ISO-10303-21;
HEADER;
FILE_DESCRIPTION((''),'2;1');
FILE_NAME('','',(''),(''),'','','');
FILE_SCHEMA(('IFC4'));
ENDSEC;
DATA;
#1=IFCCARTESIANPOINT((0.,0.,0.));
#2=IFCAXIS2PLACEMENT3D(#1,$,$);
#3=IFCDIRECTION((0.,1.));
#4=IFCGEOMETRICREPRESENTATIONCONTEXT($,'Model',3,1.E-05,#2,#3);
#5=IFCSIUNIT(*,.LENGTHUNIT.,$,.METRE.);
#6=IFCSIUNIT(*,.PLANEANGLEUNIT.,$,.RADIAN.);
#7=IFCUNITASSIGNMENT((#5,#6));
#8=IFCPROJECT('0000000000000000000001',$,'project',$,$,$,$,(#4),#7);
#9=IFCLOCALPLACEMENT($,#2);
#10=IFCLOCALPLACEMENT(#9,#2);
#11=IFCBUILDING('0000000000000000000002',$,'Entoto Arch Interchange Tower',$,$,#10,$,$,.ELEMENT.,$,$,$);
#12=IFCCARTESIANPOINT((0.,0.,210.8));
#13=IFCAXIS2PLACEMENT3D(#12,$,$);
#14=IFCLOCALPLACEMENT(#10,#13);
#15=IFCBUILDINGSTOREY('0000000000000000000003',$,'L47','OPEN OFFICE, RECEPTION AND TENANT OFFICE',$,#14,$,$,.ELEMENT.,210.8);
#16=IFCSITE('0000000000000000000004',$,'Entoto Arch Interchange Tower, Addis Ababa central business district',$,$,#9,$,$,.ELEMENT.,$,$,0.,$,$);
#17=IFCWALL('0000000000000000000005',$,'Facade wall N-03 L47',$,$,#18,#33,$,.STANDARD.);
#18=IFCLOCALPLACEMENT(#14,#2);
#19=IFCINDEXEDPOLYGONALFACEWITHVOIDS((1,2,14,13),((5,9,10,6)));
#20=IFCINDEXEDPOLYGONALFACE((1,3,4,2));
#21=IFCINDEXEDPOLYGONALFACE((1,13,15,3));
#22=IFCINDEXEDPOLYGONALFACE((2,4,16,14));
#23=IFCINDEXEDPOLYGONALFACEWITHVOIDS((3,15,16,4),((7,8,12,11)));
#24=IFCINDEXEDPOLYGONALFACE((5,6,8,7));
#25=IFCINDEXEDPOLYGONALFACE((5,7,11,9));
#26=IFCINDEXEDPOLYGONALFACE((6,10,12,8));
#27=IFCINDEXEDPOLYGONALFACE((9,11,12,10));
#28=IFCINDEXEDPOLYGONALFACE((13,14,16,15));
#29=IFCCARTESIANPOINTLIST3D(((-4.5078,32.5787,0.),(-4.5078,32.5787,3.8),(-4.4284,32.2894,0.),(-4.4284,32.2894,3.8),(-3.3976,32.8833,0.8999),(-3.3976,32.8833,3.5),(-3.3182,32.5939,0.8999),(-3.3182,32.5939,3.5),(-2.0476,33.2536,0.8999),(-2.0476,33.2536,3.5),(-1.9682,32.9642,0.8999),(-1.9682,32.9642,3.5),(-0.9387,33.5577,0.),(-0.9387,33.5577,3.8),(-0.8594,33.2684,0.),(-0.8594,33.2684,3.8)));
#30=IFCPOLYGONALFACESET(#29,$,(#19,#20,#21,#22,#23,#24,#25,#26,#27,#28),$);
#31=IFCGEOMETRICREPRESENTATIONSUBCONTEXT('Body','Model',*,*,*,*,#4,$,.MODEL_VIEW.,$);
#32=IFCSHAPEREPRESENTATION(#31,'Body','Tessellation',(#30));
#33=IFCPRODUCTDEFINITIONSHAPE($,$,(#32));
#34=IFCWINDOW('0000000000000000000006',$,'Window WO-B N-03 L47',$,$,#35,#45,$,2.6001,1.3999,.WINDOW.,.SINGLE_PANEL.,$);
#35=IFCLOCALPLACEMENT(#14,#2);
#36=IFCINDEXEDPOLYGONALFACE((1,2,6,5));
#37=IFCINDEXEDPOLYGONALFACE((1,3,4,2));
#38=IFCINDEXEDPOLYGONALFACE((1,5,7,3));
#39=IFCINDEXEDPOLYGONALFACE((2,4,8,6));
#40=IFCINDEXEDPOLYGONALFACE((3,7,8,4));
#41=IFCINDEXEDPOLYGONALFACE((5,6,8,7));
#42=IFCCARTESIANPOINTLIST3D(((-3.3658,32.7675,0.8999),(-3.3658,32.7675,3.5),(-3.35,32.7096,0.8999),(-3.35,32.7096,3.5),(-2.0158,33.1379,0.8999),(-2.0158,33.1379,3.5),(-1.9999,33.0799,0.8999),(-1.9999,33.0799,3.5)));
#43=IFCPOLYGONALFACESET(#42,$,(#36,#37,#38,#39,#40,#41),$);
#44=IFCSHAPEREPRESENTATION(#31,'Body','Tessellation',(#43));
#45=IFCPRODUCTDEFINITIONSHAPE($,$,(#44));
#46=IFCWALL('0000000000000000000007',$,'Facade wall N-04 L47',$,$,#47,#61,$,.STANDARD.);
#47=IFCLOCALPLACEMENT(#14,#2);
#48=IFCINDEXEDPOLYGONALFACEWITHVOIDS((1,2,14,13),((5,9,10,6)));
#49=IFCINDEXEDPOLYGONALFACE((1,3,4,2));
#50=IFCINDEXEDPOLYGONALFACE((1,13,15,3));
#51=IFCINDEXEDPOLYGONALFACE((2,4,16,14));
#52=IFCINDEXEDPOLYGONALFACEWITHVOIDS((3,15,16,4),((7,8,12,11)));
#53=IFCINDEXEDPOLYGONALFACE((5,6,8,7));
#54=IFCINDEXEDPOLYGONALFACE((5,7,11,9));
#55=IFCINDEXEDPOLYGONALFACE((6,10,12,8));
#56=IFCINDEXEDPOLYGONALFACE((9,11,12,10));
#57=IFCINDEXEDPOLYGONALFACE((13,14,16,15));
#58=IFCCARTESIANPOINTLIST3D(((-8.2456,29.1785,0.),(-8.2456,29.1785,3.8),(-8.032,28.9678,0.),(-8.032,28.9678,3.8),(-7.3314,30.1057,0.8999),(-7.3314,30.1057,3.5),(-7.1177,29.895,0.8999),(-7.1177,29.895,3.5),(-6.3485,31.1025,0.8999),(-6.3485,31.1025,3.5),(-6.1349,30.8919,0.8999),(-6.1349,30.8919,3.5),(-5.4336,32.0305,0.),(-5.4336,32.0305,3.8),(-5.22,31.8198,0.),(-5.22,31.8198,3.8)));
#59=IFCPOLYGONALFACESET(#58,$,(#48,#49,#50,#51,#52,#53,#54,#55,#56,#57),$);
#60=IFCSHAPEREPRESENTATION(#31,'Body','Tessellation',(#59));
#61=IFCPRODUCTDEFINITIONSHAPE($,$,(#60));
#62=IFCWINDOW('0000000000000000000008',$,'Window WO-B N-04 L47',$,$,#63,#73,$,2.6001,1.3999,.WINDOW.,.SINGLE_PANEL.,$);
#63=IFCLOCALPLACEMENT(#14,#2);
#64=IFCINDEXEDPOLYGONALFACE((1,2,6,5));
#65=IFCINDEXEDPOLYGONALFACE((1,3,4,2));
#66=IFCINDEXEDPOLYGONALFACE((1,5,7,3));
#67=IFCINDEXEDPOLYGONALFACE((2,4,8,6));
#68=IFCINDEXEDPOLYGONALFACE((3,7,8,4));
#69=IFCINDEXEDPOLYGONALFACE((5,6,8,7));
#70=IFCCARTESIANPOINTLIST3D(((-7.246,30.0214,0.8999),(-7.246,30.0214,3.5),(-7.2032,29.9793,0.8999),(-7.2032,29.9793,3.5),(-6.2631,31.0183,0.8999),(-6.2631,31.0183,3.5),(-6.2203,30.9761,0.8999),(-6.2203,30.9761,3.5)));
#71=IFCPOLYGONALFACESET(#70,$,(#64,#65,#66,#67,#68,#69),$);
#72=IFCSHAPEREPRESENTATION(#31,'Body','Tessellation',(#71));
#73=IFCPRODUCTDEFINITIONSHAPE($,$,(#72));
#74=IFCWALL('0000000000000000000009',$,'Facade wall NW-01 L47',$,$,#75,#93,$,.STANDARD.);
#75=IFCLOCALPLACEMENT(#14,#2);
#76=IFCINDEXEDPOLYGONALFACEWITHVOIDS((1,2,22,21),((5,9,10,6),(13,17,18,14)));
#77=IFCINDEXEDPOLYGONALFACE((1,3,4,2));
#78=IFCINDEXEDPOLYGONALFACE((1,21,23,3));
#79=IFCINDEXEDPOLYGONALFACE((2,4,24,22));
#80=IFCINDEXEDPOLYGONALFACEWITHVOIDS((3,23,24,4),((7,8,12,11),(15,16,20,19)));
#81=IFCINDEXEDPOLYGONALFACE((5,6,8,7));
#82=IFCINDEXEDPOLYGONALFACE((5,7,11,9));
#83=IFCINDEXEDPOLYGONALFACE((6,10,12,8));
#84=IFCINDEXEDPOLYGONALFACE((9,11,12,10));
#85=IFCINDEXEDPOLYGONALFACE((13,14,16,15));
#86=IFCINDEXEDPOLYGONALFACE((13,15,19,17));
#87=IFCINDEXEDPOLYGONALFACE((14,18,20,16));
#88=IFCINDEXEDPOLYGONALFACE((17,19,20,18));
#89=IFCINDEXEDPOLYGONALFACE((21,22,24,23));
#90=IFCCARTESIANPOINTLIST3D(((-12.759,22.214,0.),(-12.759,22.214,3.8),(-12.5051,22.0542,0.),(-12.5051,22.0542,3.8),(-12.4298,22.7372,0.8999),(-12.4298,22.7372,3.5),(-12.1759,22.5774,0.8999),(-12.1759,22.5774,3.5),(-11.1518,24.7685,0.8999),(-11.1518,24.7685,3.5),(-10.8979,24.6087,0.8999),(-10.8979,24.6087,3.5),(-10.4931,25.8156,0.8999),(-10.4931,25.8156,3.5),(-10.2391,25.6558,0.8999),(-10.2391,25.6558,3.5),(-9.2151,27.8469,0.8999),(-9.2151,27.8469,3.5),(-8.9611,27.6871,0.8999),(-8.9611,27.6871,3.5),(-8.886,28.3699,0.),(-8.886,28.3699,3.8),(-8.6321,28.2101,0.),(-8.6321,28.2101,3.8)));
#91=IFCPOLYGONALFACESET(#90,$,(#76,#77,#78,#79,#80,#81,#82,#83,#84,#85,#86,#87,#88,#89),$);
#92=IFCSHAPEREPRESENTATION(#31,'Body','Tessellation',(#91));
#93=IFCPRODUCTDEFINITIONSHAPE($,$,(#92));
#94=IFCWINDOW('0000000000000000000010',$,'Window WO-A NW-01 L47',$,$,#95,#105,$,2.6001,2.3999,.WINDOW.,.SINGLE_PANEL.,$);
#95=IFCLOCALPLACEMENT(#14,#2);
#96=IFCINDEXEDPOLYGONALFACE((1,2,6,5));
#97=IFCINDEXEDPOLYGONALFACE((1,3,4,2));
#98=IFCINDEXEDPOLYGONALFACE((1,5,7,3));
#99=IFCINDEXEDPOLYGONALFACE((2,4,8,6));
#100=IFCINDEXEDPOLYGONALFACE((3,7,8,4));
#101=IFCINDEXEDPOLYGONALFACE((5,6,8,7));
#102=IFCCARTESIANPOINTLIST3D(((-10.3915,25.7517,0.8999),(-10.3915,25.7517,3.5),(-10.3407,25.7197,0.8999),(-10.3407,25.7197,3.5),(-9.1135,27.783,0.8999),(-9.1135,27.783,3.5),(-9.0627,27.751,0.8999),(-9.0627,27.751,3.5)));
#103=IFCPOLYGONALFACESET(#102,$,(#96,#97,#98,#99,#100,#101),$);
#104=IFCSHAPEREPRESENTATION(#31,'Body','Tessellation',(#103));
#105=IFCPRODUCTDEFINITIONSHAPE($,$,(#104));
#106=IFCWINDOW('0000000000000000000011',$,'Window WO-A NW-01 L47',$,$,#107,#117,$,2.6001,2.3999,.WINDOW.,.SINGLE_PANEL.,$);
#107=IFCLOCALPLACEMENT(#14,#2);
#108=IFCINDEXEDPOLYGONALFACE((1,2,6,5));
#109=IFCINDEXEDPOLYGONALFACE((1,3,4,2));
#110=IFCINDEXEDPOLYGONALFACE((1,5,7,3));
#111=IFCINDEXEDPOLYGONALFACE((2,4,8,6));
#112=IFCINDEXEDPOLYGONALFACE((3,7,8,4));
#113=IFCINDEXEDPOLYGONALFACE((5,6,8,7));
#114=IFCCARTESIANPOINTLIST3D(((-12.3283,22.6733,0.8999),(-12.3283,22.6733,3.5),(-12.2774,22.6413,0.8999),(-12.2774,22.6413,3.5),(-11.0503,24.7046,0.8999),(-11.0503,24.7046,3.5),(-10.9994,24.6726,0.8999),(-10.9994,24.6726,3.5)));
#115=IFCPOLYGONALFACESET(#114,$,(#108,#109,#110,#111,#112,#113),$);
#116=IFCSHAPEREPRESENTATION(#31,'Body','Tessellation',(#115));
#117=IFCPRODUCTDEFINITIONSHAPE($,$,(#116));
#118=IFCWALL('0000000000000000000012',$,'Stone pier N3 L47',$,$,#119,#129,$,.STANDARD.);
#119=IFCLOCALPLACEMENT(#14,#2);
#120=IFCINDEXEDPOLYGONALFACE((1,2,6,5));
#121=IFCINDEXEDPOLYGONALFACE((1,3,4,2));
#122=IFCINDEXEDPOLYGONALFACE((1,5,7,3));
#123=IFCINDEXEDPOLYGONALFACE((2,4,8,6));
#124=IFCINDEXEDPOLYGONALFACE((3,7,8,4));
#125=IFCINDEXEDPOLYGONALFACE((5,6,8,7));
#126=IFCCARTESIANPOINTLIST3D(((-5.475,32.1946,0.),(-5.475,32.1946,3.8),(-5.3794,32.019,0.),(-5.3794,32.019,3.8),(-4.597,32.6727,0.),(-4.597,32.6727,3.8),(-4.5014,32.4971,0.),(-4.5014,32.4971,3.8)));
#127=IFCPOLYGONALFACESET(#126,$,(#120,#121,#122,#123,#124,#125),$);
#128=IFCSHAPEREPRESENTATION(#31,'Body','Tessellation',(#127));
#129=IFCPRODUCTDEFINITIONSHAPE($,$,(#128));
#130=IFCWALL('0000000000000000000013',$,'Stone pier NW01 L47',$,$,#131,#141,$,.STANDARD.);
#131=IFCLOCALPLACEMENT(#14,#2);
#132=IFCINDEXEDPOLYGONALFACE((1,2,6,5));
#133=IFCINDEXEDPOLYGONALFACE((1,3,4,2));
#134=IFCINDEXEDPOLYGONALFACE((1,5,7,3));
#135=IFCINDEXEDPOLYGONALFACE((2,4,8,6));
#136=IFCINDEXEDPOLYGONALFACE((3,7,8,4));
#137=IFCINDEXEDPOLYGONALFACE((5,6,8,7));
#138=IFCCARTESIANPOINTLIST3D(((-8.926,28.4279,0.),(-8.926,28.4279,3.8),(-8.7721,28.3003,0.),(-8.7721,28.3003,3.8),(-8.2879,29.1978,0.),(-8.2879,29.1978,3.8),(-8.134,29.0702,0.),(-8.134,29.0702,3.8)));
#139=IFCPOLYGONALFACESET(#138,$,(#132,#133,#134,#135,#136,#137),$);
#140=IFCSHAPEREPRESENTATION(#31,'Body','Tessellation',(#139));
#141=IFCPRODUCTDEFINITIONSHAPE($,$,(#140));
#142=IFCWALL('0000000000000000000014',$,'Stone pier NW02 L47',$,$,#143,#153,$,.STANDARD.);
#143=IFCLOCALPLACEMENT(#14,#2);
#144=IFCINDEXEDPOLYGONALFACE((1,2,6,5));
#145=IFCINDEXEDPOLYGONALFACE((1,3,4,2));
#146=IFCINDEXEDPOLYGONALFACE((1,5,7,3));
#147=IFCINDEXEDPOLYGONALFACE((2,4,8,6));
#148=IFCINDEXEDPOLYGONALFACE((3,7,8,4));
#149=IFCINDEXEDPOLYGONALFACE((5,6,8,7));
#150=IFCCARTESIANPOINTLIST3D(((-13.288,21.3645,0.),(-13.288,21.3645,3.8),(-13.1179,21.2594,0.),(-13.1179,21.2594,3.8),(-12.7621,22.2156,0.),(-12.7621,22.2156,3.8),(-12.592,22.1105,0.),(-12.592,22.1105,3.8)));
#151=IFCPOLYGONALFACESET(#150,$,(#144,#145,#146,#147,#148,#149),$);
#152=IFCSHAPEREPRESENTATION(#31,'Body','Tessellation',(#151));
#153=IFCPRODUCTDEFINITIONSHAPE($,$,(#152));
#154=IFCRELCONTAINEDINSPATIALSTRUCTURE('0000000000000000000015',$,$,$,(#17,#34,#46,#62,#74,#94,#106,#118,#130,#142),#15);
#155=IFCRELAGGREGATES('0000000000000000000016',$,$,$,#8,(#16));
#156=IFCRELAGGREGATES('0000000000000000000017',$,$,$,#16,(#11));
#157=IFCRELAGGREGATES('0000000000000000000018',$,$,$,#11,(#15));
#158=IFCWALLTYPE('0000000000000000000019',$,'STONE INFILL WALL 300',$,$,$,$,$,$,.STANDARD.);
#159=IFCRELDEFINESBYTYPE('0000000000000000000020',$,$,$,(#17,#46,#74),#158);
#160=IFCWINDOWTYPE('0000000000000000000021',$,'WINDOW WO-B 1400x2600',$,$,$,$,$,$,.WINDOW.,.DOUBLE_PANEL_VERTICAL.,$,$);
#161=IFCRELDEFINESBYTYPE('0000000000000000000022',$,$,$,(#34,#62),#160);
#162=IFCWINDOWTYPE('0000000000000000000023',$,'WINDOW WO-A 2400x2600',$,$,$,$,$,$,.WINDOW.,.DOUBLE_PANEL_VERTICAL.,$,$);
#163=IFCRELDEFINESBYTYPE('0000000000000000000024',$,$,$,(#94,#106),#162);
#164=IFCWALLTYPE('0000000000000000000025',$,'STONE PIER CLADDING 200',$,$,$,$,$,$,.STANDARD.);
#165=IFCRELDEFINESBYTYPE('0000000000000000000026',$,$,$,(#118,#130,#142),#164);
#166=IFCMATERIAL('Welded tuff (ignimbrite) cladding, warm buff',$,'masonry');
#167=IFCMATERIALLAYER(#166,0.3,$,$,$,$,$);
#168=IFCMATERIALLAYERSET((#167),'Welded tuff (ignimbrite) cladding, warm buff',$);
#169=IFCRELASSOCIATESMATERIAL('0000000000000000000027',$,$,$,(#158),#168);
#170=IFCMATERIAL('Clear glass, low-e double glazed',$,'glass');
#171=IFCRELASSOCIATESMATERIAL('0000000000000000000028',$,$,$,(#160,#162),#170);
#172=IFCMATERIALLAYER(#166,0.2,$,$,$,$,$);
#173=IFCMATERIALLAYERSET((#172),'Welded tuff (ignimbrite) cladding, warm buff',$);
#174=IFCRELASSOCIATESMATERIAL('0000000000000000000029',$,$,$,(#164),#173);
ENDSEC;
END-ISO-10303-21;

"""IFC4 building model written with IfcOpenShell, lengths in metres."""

from ifc_helpers import new_model, si_unit, direction, frame, frame_2d, origin, place, context, subcontext, project, spatial, rectangle, extrude, material, layer, layer_set, type_object, element, fill, save


model = new_model("IFC4")

# Units and contexts
model_context = context("Model", 3, precision=1e-05, world=origin(), true_north=direction((0.0, 1.0)))
body_context = subcontext(model_context, "Body", "Model", "MODEL_VIEW")
ifc_project = project(units=[si_unit("LENGTHUNIT", "METRE"), si_unit("PLANEANGLEUNIT", "RADIAN")], contexts=[model_context])

# Site, building, storey
site_placement = place(None, origin())
site = spatial("IfcSite", under=ifc_project, at=site_placement, Name="Entoto Arch Interchange Tower, Addis Ababa central business district", CompositionType="ELEMENT", RefElevation=0.0)
building_placement = place(site_placement, origin())
building = spatial("IfcBuilding", under=site, at=building_placement, Name="Entoto Arch Interchange Tower", CompositionType="ELEMENT")
storey_placement = place(building_placement, frame((0.0, 0.0, 210.8)))
storey = spatial("IfcBuildingStorey", under=building, at=storey_placement, Name="L47", Description="OPEN OFFICE, RECEPTION AND TENANT OFFICE", CompositionType="ELEMENT", Elevation=210.8)

# Walls, openings, windows
ifc_material_1 = material(Name="Welded tuff (ignimbrite) cladding, warm buff", Category="masonry")
ifc_layer_1 = layer(ifc_material_1, 0.3)
ifc_layer_set_1 = layer_set([ifc_layer_1], Name="Welded tuff (ignimbrite) cladding, warm buff")
wall_type_1 = type_object("IfcWallType", Name="STONE INFILL WALL 300", PredefinedType="STANDARD", material=ifc_layer_set_1)
wall_1_placement = place(storey_placement, frame((-0.8989, 33.4131, 0.0), z_axis=(0.0, 0.0, 1.0), x_axis=(-0.964378, -0.264529, 0.0)))
wall_1 = element("IfcWall", 1, at=wall_1_placement, inside=storey, type_object=wall_type_1, Name="Facade wall N-03 L47", PredefinedType="STANDARD", context=body_context, shape_type="SweptSolid", body=[
    extrude(rectangle(XDim=3.7009, YDim=0.3, at=frame_2d((1.8506, 0.0))), origin(), (0.0, 0.0, 1.0), 3.8),
])
opening_1_placement = place(wall_1_placement, frame((1.1499, 0.0, 0.8999)))
opening_1 = element("IfcOpeningElement", 2, at=opening_1_placement, cuts=wall_1, PredefinedType="OPENING", context=body_context, shape_type="SweptSolid", body=[
    extrude(rectangle(XDim=1.3999, YDim=2.6001, at=frame_2d((0.7, 1.3))), frame((0.0, 0.1602, 0.0), z_axis=(0.0, -1.0, 0.0), x_axis=(1.0, 0.0, 0.0)), (0.0, 0.0, 1.0), 0.3201),
])
ifc_material_2 = material(Name="Clear glass, low-e double glazed", Category="glass")
window_type_1 = type_object("IfcWindowType", Name="WINDOW WO-B 1400x2600", PartitioningType="DOUBLE_PANEL_VERTICAL", PredefinedType="WINDOW", material=ifc_material_2)
window_1_placement = place(opening_1_placement, origin())
window_1 = element("IfcWindow", 3, at=window_1_placement, inside=storey, type_object=window_type_1, Name="Window WO-B N-03 L47", OverallHeight=2.6001, OverallWidth=1.3999, PartitioningType="SINGLE_PANEL", PredefinedType="WINDOW", context=body_context, shape_type="SweptSolid", body=[
    extrude(rectangle(XDim=1.3999, YDim=2.6001, at=frame_2d((0.7, 1.3))), frame((0.0, 0.03, 0.0), z_axis=(0.0, -1.0, 0.0), x_axis=(1.0, 0.0, 0.0)), (0.0, 0.0, 1.0), 0.0601),
])
fill(opening_1, window_1)
wall_2_placement = place(storey_placement, frame((-5.3269, 31.925, 0.0), z_axis=(0.0, 0.0, 1.0), x_axis=(-0.702091, -0.712088, 0.0)))
wall_2 = element("IfcWall", 4, at=wall_2_placement, inside=storey, type_object=wall_type_1, Name="Facade wall N-04 L47", PredefinedType="STANDARD", context=body_context, shape_type="SweptSolid", body=[
    extrude(rectangle(XDim=4.0051, YDim=0.3, at=frame_2d((2.0024, 0.0))), origin(), (0.0, 0.0, 1.0), 3.8),
])
opening_2_placement = place(wall_2_placement, frame((1.303, 0.0, 0.8999)))
opening_2 = element("IfcOpeningElement", 5, at=opening_2_placement, cuts=wall_2, PredefinedType="OPENING", context=body_context, shape_type="SweptSolid", body=[
    extrude(rectangle(XDim=1.3999, YDim=2.6001, at=frame_2d((0.7, 1.3))), frame((0.0, 0.1602, 0.0), z_axis=(0.0, -1.0, 0.0), x_axis=(1.0, 0.0, 0.0)), (0.0, 0.0, 1.0), 0.3201),
])
window_2_placement = place(opening_2_placement, origin())
window_2 = element("IfcWindow", 6, at=window_2_placement, inside=storey, type_object=window_type_1, Name="Window WO-B N-04 L47", OverallHeight=2.6001, OverallWidth=1.3999, PartitioningType="SINGLE_PANEL", PredefinedType="WINDOW", context=body_context, shape_type="SweptSolid", body=[
    extrude(rectangle(XDim=1.3999, YDim=2.6001, at=frame_2d((0.7, 1.3))), frame((0.0, 0.03, 0.0), z_axis=(0.0, -1.0, 0.0), x_axis=(1.0, 0.0, 0.0)), (0.0, 0.0, 1.0), 0.0601),
])
fill(opening_2, window_2)

# Wall, openings, windows
wall_3_placement = place(storey_placement, frame((-8.759, 28.29, 0.0), z_axis=(0.0, 0.0, 1.0), x_axis=(-0.532522, -0.846416, 0.0)))
wall_3 = element("IfcWall", 7, at=wall_3_placement, inside=storey, type_object=wall_type_1, Name="Facade wall NW-01 L47", PredefinedType="STANDARD", context=body_context, shape_type="SweptSolid", body=[
    extrude(rectangle(XDim=7.2729, YDim=0.3, at=frame_2d((3.6365, 0.0))), origin(), (0.0, 0.0, 1.0), 3.8),
])
opening_3_placement = place(wall_3_placement, frame((0.6179, 0.0, 0.8999)))
opening_3 = element("IfcOpeningElement", 8, at=opening_3_placement, cuts=wall_3, PredefinedType="OPENING", context=body_context, shape_type="SweptSolid", body=[
    extrude(rectangle(XDim=2.3999, YDim=2.6001, at=frame_2d((1.2, 1.3))), frame((0.0, 0.1602, 0.0), z_axis=(0.0, -1.0, 0.0), x_axis=(1.0, 0.0, 0.0)), (0.0, 0.0, 1.0), 0.3201),
])
opening_4_placement = place(wall_3_placement, frame((4.2549, 0.0, 0.8999)))
opening_4 = element("IfcOpeningElement", 9, at=opening_4_placement, cuts=wall_3, PredefinedType="OPENING", context=body_context, shape_type="SweptSolid", body=[
    extrude(rectangle(XDim=2.3999, YDim=2.6001, at=frame_2d((1.2, 1.3))), frame((0.0, 0.1602, 0.0), z_axis=(0.0, -1.0, 0.0), x_axis=(1.0, 0.0, 0.0)), (0.0, 0.0, 1.0), 0.3201),
])
window_type_2 = type_object("IfcWindowType", Name="WINDOW WO-A 2400x2600", PartitioningType="DOUBLE_PANEL_VERTICAL", PredefinedType="WINDOW", material=ifc_material_2)
window_3_placement = place(opening_3_placement, origin())
window_3 = element("IfcWindow", 10, at=window_3_placement, inside=storey, type_object=window_type_2, Name="Window WO-A NW-01 L47", OverallHeight=2.6001, OverallWidth=2.3999, PartitioningType="SINGLE_PANEL", PredefinedType="WINDOW", context=body_context, shape_type="SweptSolid", body=[
    extrude(rectangle(XDim=2.3999, YDim=2.6001, at=frame_2d((1.2, 1.3))), frame((0.0, 0.03, 0.0), z_axis=(0.0, -1.0, 0.0), x_axis=(1.0, 0.0, 0.0)), (0.0, 0.0, 1.0), 0.0601),
])
fill(opening_3, window_3)
window_4_placement = place(opening_4_placement, origin())
window_4 = element("IfcWindow", 11, at=window_4_placement, inside=storey, type_object=window_type_2, Name="Window WO-A NW-01 L47", OverallHeight=2.6001, OverallWidth=2.3999, PartitioningType="SINGLE_PANEL", PredefinedType="WINDOW", context=body_context, shape_type="SweptSolid", body=[
    extrude(rectangle(XDim=2.3999, YDim=2.6001, at=frame_2d((1.2, 1.3))), frame((0.0, 0.03, 0.0), z_axis=(0.0, -1.0, 0.0), x_axis=(1.0, 0.0, 0.0)), (0.0, 0.0, 1.0), 0.0601),
])
fill(opening_4, window_4)

# Walls
ifc_layer_2 = layer(ifc_material_1, 0.2)
ifc_layer_set_2 = layer_set([ifc_layer_2], Name="Welded tuff (ignimbrite) cladding, warm buff")
wall_type_2 = type_object("IfcWallType", Name="STONE PIER CLADDING 200", PredefinedType="STANDARD", material=ifc_layer_set_2)
wall_4_placement = place(storey_placement, frame((-4.5491, 32.585, 0.0), z_axis=(0.0, 0.0, 1.0), x_axis=(-0.87825, -0.478202, 0.0)))
element("IfcWall", 12, at=wall_4_placement, inside=storey, type_object=wall_type_2, Name="Stone pier N3 L47", PredefinedType="STANDARD", context=body_context, shape_type="SweptSolid", body=[
    extrude(rectangle(XDim=0.9998, YDim=0.2, at=frame_2d((0.5, 0.0))), origin(), (0.0, 0.0, 1.0), 3.8),
])
wall_5_placement = place(storey_placement, frame((-8.2109, 29.134, 0.0), z_axis=(0.0, 0.0, 1.0), x_axis=(-0.638117, -0.769939, 0.0)))
element("IfcWall", 13, at=wall_5_placement, inside=storey, type_object=wall_type_2, Name="Stone pier NW01 L47", PredefinedType="STANDARD", context=body_context, shape_type="SweptSolid", body=[
    extrude(rectangle(XDim=1.0, YDim=0.2, at=frame_2d((0.5, 0.0))), origin(), (0.0, 0.0, 1.0), 3.8),
])
wall_6_placement = place(storey_placement, frame((-12.677, 22.1631, 0.0), z_axis=(0.0, 0.0, 1.0), x_axis=(-0.525649, -0.850702, 0.0)))
element("IfcWall", 14, at=wall_6_placement, inside=storey, type_object=wall_type_2, Name="Stone pier NW02 L47", PredefinedType="STANDARD", context=body_context, shape_type="SweptSolid", body=[
    extrude(rectangle(XDim=1.0005, YDim=0.2, at=frame_2d((0.5002, 0.0))), origin(), (0.0, 0.0, 1.0), 3.8),
])

save(model, "model.ifc")
